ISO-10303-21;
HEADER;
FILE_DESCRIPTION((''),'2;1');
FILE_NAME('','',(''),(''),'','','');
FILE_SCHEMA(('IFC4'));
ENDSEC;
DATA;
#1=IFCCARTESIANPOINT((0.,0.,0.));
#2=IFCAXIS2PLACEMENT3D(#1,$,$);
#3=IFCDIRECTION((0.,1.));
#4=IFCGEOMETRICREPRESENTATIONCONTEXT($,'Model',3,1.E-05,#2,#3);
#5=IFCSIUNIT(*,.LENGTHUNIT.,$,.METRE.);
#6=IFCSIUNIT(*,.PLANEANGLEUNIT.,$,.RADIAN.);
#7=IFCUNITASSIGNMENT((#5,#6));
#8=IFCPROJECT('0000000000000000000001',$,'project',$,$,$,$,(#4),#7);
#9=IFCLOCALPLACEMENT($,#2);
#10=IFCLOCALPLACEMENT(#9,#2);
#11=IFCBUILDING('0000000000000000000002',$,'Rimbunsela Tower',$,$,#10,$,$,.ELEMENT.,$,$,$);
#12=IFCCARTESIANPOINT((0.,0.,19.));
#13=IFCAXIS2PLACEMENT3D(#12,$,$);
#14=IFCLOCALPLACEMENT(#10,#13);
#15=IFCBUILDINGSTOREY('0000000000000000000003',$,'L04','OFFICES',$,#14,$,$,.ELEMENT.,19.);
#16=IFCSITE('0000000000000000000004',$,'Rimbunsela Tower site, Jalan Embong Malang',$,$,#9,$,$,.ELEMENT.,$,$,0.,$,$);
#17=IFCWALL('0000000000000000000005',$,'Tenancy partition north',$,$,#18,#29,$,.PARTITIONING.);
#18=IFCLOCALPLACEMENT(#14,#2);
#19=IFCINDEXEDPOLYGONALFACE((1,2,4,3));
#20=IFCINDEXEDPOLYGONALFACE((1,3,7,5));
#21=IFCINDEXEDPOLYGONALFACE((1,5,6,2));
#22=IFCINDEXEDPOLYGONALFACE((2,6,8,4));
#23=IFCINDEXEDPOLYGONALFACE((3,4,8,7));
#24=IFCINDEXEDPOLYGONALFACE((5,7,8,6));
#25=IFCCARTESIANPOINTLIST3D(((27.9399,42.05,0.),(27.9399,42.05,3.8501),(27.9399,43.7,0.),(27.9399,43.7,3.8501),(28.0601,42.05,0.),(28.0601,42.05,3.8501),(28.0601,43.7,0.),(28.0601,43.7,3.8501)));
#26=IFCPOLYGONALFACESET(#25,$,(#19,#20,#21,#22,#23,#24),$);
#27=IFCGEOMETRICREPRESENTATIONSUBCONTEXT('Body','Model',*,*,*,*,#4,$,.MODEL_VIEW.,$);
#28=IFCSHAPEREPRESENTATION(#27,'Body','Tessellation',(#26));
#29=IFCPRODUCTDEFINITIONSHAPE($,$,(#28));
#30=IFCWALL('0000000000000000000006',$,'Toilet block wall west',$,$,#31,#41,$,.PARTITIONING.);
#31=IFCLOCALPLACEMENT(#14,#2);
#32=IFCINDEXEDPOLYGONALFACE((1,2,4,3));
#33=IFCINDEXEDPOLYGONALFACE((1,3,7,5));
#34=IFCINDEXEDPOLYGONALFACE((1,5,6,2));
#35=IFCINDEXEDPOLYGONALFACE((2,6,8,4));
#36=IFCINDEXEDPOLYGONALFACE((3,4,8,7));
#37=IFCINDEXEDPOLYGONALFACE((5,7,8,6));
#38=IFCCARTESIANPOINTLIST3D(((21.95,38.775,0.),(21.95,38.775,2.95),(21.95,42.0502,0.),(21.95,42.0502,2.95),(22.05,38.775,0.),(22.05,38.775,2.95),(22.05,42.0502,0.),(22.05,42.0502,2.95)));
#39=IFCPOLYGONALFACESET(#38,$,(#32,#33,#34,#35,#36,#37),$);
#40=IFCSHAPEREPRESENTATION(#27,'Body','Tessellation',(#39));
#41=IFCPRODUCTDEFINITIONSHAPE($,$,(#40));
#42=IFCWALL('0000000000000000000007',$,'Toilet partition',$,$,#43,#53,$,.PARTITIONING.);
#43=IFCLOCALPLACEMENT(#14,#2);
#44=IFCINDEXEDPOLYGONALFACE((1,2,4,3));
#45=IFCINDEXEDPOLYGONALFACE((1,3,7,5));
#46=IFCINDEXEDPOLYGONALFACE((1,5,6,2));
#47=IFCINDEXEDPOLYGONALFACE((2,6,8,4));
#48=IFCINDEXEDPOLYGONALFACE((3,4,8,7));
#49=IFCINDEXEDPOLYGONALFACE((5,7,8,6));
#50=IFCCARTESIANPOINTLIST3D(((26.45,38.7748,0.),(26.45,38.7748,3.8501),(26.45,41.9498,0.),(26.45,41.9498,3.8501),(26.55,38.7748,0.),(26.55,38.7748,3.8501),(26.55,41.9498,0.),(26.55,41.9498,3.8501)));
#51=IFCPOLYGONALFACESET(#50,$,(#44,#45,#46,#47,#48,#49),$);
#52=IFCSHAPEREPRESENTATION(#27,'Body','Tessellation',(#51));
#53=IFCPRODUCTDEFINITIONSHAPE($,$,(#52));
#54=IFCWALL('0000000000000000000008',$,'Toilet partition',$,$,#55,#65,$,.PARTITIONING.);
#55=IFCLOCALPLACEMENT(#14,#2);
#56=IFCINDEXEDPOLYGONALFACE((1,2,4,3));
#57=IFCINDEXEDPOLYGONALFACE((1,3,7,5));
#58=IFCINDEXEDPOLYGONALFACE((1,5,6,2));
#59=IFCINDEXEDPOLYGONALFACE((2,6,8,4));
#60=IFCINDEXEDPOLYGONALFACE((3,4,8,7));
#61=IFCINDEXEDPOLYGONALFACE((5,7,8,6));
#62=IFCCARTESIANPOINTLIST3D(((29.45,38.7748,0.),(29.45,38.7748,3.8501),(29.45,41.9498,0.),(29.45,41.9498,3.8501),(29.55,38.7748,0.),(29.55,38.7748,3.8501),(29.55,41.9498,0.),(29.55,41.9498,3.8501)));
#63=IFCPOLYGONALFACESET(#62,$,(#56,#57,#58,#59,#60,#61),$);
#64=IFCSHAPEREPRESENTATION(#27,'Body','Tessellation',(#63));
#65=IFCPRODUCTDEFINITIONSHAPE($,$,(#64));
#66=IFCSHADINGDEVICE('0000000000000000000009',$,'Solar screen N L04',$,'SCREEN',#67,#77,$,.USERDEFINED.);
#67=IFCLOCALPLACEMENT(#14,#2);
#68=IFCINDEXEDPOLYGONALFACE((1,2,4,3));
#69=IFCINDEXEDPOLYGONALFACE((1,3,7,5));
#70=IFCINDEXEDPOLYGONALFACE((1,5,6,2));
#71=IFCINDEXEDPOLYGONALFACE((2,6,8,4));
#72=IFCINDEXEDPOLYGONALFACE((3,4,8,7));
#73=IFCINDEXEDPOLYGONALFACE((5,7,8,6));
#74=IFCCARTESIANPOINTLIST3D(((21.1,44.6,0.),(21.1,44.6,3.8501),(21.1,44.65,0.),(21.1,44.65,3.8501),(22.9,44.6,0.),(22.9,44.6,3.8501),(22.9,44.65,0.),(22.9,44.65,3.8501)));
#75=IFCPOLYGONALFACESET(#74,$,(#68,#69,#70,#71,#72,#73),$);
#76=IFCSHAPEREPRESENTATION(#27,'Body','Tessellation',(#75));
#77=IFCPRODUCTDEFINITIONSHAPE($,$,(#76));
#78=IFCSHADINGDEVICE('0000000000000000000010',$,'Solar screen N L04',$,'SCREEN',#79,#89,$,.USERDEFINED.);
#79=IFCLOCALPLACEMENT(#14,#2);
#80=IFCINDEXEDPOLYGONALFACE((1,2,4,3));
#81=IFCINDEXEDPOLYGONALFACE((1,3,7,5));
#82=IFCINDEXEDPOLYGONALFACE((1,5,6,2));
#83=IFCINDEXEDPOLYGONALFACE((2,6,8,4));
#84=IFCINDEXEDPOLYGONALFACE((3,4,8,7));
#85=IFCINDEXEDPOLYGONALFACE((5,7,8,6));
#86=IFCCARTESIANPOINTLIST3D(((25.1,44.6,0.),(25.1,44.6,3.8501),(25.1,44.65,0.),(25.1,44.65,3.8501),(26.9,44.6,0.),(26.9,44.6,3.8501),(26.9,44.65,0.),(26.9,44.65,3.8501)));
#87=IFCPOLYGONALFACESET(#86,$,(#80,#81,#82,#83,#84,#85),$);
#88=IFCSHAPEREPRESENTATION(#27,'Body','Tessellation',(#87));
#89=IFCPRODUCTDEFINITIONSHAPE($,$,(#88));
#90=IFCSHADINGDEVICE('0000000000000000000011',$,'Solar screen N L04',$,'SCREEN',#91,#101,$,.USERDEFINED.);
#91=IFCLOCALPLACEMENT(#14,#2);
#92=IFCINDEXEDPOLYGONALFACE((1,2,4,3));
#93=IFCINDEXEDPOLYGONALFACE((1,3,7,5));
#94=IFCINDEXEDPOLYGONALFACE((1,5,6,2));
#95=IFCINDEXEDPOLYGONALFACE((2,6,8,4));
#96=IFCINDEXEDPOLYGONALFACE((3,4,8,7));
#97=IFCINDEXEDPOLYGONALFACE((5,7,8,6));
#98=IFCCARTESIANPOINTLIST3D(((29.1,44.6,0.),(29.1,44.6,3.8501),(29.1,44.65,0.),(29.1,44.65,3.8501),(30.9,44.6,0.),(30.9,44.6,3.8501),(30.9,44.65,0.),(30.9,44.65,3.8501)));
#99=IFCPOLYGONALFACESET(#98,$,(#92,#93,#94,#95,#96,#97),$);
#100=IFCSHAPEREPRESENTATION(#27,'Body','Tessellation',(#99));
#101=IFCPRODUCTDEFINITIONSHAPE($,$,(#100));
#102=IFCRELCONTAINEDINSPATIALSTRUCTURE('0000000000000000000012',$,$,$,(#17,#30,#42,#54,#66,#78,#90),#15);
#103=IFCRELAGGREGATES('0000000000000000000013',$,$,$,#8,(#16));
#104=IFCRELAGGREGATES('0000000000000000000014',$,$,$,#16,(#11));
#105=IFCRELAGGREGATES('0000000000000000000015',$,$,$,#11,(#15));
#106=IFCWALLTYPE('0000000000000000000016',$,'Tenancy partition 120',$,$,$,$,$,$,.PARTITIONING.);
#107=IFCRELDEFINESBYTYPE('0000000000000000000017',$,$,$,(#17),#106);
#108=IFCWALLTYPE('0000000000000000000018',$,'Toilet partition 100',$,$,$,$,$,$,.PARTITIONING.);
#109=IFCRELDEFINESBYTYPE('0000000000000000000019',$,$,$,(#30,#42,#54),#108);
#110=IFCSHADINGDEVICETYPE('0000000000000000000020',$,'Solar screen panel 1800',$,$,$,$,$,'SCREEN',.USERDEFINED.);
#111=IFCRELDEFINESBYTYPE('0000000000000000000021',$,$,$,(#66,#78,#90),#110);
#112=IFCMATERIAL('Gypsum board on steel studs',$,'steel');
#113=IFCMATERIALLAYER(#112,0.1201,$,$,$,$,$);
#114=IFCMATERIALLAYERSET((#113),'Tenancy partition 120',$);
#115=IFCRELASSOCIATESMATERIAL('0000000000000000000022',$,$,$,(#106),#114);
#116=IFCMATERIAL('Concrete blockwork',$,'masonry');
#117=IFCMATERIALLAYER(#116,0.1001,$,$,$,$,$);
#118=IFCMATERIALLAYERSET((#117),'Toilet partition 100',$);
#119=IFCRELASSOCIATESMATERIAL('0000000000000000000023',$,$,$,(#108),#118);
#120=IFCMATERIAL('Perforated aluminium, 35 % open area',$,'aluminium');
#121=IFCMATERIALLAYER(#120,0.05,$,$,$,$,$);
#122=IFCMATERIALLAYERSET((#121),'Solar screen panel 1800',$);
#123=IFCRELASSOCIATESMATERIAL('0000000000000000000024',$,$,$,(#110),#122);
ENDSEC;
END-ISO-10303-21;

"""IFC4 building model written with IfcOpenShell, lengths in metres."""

from ifc_helpers import new_model, si_unit, direction, frame, frame_2d, origin, origin_2d, place, context, subcontext, project, spatial, rectangle, extrude, material, layer, layer_set, type_object, element, save


model = new_model("IFC4")

# Units and contexts
model_context = context("Model", 3, precision=1e-05, world=origin(), true_north=direction((0.0, 1.0)))
body_context = subcontext(model_context, "Body", "Model", "MODEL_VIEW")
ifc_project = project(units=[si_unit("LENGTHUNIT", "METRE"), si_unit("PLANEANGLEUNIT", "RADIAN")], contexts=[model_context])

# Site, building, storey
site_placement = place(None, origin())
site = spatial("IfcSite", under=ifc_project, at=site_placement, Name="Rimbunsela Tower site, Jalan Embong Malang", CompositionType="ELEMENT", RefElevation=0.0)
building_placement = place(site_placement, origin())
building = spatial("IfcBuilding", under=site, at=building_placement, Name="Rimbunsela Tower", CompositionType="ELEMENT")
storey_placement = place(building_placement, frame((0.0, 0.0, 19.0)))
storey = spatial("IfcBuildingStorey", under=building, at=storey_placement, Name="L04", Description="OFFICES", CompositionType="ELEMENT", Elevation=19.0)

# Walls
ifc_material_1 = material(Name="Gypsum board on steel studs", Category="steel")
ifc_layer_1 = layer(ifc_material_1, 0.1201)
ifc_layer_set_1 = layer_set([ifc_layer_1], Name="Tenancy partition 120")
wall_type_1 = type_object("IfcWallType", Name="Tenancy partition 120", PredefinedType="PARTITIONING", material=ifc_layer_set_1)
wall_1_placement = place(storey_placement, frame((28.0, 42.05, 0.0), z_axis=(0.0, 0.0, 1.0), x_axis=(0.0, 1.0, 0.0)))
element("IfcWall", 1, at=wall_1_placement, inside=storey, type_object=wall_type_1, Name="Tenancy partition north", PredefinedType="PARTITIONING", context=body_context, shape_type="SweptSolid", body=[
    extrude(rectangle(XDim=1.6499, YDim=0.1201, at=frame_2d((0.825, 0.0))), origin(), (0.0, 0.0, 1.0), 3.8501),
])
ifc_material_2 = material(Name="Concrete blockwork", Category="masonry")
ifc_layer_2 = layer(ifc_material_2, 0.1001)
ifc_layer_set_2 = layer_set([ifc_layer_2], Name="Toilet partition 100")
wall_type_2 = type_object("IfcWallType", Name="Toilet partition 100", PredefinedType="PARTITIONING", material=ifc_layer_set_2)
wall_2_placement = place(storey_placement, frame((22.0, 38.7749, 0.0), z_axis=(0.0, 0.0, 1.0), x_axis=(0.0, 1.0, 0.0)))
element("IfcWall", 2, at=wall_2_placement, inside=storey, type_object=wall_type_2, Name="Toilet block wall west", PredefinedType="PARTITIONING", context=body_context, shape_type="SweptSolid", body=[
    extrude(rectangle(XDim=3.2751, YDim=0.1001, at=frame_2d((1.6377, 0.0))), origin(), (0.0, 0.0, 1.0), 2.95),
])
for number, where, z_axis, x_axis, name in (
    (3, (26.5, 38.7749, 0.0), (0.0, 0.0, 1.0), (0.0, 1.0, 0.0), "Toilet partition"),
    (4, (29.5, 38.7749, 0.0), (0.0, 0.0, 1.0), (0.0, 1.0, 0.0), "Toilet partition"),
):
    element("IfcWall", number, at=place(storey_placement, frame(where, z_axis=z_axis, x_axis=x_axis)), inside=storey, type_object=wall_type_2, Name=name, PredefinedType="PARTITIONING", context=body_context, shape_type="SweptSolid", body=[
        extrude(rectangle(XDim=3.175, YDim=0.1001, at=frame_2d((1.5874, 0.0))), origin(), (0.0, 0.0, 1.0), 3.8501),
    ])

# Shading devices
ifc_material_3 = material(Name="Perforated aluminium, 35 % open area", Category="aluminium")
ifc_layer_3 = layer(ifc_material_3, 0.05)
ifc_layer_set_3 = layer_set([ifc_layer_3], Name="Solar screen panel 1800")
shading_device_type = type_object("IfcShadingDeviceType", Name="Solar screen panel 1800", ElementType="SCREEN", PredefinedType="USERDEFINED", material=ifc_layer_set_3)
for number, where, z_axis, x_axis, name in (
    (5, (22.0, 44.625, 0.0), (0.0, 0.0, 1.0), (1.0, 0.0, 0.0), "Solar screen N L04"),
    (6, (26.0, 44.625, 0.0), (0.0, 0.0, 1.0), (1.0, 0.0, 0.0), "Solar screen N L04"),
    (7, (30.0, 44.625, 0.0), (0.0, 0.0, 1.0), (1.0, 0.0, 0.0), "Solar screen N L04"),
):
    element("IfcShadingDevice", number, at=place(storey_placement, frame(where, z_axis=z_axis, x_axis=x_axis)), inside=storey, type_object=shading_device_type, Name=name, ObjectType="SCREEN", PredefinedType="USERDEFINED", context=body_context, shape_type="SweptSolid", body=[
        extrude(rectangle(XDim=1.8, YDim=0.05, at=origin_2d()), origin(), (0.0, 0.0, 1.0), 3.8501),
    ])

save(model, "model.ifc")
